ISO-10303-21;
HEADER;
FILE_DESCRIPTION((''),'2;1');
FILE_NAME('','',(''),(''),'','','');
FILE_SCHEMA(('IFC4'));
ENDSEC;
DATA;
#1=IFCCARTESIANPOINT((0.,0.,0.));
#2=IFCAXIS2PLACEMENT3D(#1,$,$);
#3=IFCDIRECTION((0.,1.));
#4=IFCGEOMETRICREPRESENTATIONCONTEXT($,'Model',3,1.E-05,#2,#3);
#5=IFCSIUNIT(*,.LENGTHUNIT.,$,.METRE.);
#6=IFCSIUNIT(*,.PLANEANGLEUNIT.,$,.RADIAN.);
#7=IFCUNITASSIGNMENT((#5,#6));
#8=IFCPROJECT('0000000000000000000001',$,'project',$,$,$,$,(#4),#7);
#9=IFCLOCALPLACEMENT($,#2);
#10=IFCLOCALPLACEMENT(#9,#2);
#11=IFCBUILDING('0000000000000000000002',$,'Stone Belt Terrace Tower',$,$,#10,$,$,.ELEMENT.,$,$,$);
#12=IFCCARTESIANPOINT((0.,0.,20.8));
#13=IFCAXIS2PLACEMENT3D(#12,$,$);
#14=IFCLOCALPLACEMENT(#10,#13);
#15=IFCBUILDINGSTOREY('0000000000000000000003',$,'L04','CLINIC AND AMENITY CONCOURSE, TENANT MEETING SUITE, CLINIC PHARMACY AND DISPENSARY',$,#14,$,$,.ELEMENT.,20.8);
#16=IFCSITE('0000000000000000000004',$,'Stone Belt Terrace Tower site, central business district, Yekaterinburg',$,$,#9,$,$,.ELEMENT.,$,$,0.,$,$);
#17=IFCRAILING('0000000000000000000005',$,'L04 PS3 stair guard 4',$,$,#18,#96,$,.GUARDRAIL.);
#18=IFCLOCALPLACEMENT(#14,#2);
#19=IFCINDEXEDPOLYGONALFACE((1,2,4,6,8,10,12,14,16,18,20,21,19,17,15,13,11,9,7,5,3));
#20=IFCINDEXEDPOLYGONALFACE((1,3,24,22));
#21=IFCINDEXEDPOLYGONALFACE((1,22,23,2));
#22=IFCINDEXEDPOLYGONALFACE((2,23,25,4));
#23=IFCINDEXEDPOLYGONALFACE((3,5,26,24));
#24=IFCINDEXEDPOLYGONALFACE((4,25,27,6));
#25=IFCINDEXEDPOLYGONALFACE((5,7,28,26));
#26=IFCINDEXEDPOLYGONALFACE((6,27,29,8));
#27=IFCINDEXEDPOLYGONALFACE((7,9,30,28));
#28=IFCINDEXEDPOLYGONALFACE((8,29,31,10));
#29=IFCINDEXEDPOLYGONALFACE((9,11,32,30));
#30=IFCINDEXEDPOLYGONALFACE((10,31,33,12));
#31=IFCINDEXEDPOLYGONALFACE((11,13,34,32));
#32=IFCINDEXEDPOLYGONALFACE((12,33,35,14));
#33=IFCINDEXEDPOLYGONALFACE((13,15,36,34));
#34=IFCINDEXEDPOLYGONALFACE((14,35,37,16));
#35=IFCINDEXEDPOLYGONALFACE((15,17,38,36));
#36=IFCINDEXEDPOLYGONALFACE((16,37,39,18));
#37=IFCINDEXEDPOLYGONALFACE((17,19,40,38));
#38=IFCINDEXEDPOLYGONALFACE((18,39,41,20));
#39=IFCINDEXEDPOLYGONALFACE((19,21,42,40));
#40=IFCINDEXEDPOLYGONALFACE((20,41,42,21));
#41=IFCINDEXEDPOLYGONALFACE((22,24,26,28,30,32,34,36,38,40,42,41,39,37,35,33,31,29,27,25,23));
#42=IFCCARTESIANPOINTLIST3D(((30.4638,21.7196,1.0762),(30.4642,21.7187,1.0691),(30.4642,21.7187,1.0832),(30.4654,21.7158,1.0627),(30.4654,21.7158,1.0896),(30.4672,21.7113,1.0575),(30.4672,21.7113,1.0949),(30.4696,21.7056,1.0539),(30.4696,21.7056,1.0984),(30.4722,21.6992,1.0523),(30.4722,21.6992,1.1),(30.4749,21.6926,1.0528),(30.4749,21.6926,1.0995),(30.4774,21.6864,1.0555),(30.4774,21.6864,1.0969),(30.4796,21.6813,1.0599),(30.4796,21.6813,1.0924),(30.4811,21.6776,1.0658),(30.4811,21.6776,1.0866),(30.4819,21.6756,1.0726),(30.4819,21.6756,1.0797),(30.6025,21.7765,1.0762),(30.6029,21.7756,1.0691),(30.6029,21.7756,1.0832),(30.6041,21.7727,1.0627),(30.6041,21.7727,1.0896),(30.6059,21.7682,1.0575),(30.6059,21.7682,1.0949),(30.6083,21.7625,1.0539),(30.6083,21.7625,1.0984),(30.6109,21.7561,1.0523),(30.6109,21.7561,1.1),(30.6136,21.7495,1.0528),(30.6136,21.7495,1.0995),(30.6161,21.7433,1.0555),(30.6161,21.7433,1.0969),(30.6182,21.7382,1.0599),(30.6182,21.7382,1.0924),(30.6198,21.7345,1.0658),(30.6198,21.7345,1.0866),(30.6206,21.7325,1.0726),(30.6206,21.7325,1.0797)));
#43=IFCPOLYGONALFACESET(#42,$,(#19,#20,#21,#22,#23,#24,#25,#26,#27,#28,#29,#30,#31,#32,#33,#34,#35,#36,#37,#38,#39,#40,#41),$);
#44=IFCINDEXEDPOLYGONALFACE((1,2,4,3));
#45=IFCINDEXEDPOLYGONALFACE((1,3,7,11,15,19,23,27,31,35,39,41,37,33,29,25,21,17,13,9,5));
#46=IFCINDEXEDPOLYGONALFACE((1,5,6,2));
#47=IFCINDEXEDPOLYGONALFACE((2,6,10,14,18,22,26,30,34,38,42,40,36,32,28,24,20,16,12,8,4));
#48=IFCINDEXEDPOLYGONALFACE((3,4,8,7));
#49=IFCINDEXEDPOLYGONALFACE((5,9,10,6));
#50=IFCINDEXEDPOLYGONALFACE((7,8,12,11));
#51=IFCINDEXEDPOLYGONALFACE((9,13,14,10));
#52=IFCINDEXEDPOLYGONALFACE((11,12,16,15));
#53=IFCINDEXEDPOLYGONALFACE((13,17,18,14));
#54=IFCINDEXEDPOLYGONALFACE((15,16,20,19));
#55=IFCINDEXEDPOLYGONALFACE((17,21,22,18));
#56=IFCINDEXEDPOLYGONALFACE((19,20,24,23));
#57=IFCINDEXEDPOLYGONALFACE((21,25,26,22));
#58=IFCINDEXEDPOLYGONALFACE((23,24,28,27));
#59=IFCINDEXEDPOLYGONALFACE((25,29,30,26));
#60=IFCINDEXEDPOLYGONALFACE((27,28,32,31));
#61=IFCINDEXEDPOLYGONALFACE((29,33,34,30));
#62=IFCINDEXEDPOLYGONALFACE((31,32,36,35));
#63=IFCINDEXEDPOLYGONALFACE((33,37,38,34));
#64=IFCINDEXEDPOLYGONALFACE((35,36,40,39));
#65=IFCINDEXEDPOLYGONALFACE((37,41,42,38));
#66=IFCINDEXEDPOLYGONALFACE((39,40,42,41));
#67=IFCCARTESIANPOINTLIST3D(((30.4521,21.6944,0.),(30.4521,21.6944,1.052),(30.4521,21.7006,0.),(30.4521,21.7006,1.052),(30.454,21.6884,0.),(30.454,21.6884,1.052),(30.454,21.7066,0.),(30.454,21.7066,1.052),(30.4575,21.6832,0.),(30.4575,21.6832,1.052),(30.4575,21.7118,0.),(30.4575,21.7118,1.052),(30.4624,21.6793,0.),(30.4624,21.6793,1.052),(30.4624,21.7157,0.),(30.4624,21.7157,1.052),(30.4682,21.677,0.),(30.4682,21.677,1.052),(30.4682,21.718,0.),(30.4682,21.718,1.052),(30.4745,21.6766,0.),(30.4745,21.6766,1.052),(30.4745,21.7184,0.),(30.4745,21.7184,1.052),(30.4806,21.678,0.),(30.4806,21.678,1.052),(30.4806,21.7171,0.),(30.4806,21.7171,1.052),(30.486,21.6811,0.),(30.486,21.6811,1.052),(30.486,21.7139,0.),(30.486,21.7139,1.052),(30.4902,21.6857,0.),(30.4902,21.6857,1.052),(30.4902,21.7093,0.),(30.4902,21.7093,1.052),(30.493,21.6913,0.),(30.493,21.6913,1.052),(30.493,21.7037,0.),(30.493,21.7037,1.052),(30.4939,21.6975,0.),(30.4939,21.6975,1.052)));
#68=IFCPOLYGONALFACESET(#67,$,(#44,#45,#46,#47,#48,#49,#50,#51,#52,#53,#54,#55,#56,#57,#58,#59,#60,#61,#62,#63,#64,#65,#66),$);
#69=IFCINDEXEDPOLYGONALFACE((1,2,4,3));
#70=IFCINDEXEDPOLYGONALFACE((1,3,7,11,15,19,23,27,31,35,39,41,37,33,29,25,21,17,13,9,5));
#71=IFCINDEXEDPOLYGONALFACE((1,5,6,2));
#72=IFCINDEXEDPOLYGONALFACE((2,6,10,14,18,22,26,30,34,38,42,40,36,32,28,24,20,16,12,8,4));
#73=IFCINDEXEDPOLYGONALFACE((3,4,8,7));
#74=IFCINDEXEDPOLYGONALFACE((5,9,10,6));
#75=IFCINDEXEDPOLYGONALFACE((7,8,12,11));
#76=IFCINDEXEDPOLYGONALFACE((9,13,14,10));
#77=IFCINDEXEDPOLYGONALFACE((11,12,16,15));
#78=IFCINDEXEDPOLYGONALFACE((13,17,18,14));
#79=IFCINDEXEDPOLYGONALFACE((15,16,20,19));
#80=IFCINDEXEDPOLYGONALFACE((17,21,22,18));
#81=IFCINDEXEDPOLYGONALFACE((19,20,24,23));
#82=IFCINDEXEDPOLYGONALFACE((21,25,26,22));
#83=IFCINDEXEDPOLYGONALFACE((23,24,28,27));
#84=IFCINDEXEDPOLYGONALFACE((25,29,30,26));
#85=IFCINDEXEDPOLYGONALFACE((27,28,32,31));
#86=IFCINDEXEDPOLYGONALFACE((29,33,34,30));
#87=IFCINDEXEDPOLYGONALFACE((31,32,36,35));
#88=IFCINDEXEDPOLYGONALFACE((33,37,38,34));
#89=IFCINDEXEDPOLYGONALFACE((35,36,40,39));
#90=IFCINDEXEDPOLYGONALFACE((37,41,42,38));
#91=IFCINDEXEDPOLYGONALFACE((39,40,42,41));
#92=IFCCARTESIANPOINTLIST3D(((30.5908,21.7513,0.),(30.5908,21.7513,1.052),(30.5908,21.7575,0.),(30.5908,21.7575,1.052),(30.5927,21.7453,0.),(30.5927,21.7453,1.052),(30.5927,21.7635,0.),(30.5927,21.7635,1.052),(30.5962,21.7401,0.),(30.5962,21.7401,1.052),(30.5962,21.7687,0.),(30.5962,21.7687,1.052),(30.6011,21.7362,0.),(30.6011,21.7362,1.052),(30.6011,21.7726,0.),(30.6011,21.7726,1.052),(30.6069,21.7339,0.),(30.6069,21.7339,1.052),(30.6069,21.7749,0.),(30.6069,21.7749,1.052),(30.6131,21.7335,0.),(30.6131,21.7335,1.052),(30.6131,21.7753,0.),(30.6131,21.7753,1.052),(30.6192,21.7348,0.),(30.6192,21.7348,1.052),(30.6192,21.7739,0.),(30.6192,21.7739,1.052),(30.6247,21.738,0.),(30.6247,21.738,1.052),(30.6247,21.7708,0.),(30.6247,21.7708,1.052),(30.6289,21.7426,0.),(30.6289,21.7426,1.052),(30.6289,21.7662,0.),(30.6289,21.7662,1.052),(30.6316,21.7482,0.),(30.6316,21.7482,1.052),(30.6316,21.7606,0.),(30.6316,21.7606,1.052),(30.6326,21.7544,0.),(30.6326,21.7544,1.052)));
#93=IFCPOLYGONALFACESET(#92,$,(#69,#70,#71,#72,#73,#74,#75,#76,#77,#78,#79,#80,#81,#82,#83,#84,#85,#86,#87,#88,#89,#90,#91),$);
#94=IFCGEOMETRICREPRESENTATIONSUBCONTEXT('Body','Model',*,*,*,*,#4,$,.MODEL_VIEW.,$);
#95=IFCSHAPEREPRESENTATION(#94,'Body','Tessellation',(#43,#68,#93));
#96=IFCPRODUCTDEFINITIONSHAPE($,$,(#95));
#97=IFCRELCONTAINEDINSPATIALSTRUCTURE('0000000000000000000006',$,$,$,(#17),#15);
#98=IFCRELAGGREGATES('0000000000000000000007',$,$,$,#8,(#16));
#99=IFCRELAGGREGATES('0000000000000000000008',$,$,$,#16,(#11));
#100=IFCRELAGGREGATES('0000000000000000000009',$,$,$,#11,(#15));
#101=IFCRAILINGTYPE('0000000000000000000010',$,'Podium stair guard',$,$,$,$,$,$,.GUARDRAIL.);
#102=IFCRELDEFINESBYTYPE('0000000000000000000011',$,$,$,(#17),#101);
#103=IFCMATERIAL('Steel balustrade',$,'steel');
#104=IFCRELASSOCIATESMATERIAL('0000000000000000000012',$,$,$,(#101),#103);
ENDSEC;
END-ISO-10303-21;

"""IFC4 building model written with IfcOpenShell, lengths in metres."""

from ifc_helpers import new_model, si_unit, direction, frame, origin, origin_2d, place, context, subcontext, project, spatial, circle, extrude, material, type_object, element, save


model = new_model("IFC4")

# Units and contexts
model_context = context("Model", 3, precision=1e-05, world=origin(), true_north=direction((0.0, 1.0)))
body_context = subcontext(model_context, "Body", "Model", "MODEL_VIEW")
ifc_project = project(units=[si_unit("LENGTHUNIT", "METRE"), si_unit("PLANEANGLEUNIT", "RADIAN")], contexts=[model_context])

# Site, building, storey
site_placement = place(None, origin())
site = spatial("IfcSite", under=ifc_project, at=site_placement, Name="Stone Belt Terrace Tower site, central business district, Yekaterinburg", CompositionType="ELEMENT", RefElevation=0.0)
building_placement = place(site_placement, origin())
building = spatial("IfcBuilding", under=site, at=building_placement, Name="Stone Belt Terrace Tower", CompositionType="ELEMENT")
storey_placement = place(building_placement, frame((0.0, 0.0, 20.8)))
storey = spatial("IfcBuildingStorey", under=building, at=storey_placement, Name="L04", Description="CLINIC AND AMENITY CONCOURSE, TENANT MEETING SUITE, CLINIC PHARMACY AND DISPENSARY", CompositionType="ELEMENT", Elevation=20.8)

# Railing
ifc_material_1 = material(Name="Steel balustrade", Category="steel")
railing_type_1 = type_object("IfcRailingType", Name="Podium stair guard", PredefinedType="GUARDRAIL", material=ifc_material_1)
railing_1_placement = place(storey_placement, frame((30.4729, 21.6975, 0.0)))
element("IfcRailing", 1, at=railing_1_placement, inside=storey, type_object=railing_type_1, Name="L04 PS3 stair guard 4", PredefinedType="GUARDRAIL", context=body_context, shape_type="SweptSolid", body=[
    extrude(circle(Radius=0.0239, at=origin_2d()), frame((0.0, 0.0, 1.0762), z_axis=(0.925183, 0.379521, 0.0), x_axis=(-0.379521, 0.925183, 0.0)), (0.0, 0.0, 1.0), 0.1499),
    extrude(circle(Radius=0.021, at=origin_2d()), origin(), (0.0, 0.0, 1.0), 1.052),
    extrude(circle(Radius=0.021, at=origin_2d()), frame((0.1387, 0.0569, 0.0)), (0.0, 0.0, 1.0), 1.052),
])

save(model, "model.ifc")
